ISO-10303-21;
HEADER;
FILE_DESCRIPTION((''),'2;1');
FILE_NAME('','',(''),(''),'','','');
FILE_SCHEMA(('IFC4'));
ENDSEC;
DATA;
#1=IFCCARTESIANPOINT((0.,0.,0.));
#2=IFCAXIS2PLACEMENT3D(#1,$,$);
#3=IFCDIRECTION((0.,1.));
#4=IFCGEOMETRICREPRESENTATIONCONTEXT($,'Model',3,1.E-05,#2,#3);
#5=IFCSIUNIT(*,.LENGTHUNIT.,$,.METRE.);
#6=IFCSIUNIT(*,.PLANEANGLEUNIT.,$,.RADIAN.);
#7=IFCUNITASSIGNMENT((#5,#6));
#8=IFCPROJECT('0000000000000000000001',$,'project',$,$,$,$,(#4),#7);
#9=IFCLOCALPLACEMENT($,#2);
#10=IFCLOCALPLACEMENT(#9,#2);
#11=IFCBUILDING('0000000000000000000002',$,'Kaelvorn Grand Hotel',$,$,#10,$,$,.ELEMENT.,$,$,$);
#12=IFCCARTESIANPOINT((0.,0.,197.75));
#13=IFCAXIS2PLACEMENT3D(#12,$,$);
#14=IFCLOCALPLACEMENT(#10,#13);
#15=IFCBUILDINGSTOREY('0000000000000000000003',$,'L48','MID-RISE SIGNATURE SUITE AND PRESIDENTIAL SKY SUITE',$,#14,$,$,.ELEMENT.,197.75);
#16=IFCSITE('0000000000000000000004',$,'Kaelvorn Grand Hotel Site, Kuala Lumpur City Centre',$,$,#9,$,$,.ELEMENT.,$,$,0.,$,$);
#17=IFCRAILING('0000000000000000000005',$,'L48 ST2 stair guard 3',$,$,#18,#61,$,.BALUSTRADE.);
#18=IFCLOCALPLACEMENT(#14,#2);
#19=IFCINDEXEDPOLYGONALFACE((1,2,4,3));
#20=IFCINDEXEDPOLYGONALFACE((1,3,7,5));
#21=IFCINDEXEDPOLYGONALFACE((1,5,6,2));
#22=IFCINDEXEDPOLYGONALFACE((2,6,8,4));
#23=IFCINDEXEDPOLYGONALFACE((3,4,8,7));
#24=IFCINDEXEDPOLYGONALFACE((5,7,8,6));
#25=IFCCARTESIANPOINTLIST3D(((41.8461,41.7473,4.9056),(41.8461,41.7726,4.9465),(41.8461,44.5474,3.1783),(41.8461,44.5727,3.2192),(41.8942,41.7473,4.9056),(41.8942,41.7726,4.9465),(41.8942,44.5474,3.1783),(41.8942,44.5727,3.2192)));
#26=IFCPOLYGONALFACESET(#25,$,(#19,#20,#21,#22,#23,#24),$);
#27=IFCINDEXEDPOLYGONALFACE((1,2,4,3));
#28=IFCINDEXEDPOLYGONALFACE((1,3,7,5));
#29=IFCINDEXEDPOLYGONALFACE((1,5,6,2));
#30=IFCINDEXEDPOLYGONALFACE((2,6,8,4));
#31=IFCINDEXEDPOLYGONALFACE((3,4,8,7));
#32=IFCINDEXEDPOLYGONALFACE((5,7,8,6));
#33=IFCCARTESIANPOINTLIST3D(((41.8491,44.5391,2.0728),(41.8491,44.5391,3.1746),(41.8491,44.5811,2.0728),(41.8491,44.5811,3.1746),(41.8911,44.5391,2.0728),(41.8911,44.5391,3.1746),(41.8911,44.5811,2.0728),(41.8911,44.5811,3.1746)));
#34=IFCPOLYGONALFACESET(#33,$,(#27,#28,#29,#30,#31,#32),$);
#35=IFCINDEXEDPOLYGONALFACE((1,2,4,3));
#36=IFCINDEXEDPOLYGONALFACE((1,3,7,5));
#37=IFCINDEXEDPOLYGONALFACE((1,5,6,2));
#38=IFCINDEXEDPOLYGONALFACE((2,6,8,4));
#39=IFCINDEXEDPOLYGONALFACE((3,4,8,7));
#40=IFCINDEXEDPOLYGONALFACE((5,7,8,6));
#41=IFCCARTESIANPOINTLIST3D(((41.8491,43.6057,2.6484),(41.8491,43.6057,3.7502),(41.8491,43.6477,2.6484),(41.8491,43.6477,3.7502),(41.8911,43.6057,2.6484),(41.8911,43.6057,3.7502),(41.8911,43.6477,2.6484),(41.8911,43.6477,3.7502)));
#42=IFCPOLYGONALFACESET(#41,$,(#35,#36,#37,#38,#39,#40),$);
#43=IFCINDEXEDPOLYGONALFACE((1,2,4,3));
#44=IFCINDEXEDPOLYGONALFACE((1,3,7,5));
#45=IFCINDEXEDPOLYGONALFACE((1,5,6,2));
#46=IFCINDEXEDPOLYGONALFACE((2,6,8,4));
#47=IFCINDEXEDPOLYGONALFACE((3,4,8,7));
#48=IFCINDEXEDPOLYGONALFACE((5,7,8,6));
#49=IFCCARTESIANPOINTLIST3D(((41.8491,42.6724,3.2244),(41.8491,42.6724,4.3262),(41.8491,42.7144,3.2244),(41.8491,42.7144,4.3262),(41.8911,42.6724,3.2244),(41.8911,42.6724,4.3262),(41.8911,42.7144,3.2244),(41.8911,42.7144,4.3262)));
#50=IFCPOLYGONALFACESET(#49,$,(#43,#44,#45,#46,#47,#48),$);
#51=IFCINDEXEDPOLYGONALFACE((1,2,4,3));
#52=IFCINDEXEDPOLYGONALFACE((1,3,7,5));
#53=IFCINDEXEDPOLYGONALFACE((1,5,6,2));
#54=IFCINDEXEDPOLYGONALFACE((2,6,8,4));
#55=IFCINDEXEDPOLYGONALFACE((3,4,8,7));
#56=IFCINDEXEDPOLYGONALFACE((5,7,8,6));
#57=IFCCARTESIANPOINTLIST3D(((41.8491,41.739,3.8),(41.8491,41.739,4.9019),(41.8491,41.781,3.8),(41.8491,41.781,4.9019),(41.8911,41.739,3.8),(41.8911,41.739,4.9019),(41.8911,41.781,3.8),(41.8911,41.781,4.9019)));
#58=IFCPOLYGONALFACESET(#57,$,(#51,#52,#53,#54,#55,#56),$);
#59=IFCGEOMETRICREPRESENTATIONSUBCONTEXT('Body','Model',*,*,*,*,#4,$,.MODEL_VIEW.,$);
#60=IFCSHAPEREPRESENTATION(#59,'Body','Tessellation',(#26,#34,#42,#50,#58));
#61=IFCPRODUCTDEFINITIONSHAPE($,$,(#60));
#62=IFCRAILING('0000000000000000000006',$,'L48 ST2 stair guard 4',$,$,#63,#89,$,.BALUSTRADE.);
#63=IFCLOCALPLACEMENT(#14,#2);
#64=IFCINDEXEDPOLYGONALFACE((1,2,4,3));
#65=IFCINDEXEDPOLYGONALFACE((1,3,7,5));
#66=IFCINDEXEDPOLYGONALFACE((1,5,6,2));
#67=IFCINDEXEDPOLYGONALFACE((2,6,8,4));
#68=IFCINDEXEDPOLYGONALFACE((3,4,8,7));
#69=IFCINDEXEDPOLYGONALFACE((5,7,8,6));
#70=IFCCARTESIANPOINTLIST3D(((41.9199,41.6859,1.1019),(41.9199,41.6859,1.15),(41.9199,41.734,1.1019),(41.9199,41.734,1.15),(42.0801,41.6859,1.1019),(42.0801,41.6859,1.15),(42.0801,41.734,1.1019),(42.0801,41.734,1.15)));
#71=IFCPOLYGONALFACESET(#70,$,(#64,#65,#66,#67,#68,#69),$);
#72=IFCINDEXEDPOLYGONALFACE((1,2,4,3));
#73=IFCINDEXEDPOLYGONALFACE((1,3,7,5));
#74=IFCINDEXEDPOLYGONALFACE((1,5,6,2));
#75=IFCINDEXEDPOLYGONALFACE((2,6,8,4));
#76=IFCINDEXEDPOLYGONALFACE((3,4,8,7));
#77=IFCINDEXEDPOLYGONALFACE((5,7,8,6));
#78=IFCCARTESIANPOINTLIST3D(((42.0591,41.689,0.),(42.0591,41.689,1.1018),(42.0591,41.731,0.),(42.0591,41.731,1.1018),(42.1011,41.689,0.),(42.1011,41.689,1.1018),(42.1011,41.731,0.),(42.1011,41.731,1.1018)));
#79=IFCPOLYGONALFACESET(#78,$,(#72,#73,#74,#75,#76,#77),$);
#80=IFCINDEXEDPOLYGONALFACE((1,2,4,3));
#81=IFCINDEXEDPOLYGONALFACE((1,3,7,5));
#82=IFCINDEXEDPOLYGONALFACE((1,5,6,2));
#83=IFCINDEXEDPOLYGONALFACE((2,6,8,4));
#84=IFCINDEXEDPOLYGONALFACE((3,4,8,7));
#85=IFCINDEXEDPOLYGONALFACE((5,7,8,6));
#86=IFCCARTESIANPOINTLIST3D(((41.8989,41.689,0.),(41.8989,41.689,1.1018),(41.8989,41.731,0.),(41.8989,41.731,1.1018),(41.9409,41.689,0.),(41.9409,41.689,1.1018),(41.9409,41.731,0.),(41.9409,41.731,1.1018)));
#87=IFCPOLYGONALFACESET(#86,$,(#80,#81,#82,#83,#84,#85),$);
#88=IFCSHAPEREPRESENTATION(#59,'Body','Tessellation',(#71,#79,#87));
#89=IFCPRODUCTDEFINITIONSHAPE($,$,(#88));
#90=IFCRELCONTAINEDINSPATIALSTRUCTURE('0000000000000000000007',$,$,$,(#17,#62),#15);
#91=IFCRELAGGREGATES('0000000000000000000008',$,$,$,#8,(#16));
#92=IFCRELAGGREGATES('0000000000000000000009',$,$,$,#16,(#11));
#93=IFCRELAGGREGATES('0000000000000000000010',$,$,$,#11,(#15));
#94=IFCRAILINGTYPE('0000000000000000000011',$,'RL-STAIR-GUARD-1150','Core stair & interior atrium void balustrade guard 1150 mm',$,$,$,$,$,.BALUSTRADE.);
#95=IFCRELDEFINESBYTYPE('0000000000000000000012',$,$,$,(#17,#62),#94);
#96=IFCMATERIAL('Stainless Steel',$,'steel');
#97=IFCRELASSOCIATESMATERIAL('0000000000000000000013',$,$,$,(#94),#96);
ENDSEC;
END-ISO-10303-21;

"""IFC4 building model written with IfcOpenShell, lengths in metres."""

from ifc_helpers import new_model, si_unit, direction, frame, origin, origin_2d, place, context, subcontext, project, spatial, rectangle, extrude, material, type_object, element, save


model = new_model("IFC4")

# Units and contexts
model_context = context("Model", 3, precision=1e-05, world=origin(), true_north=direction((0.0, 1.0)))
body_context = subcontext(model_context, "Body", "Model", "MODEL_VIEW")
ifc_project = project(units=[si_unit("LENGTHUNIT", "METRE"), si_unit("PLANEANGLEUNIT", "RADIAN")], contexts=[model_context])

# Site, building, storey
site_placement = place(None, origin())
site = spatial("IfcSite", under=ifc_project, at=site_placement, Name="Kaelvorn Grand Hotel Site, Kuala Lumpur City Centre", CompositionType="ELEMENT", RefElevation=0.0)
building_placement = place(site_placement, origin())
building = spatial("IfcBuilding", under=site, at=building_placement, Name="Kaelvorn Grand Hotel", CompositionType="ELEMENT")
storey_placement = place(building_placement, frame((0.0, 0.0, 197.75)))
storey = spatial("IfcBuildingStorey", under=building, at=storey_placement, Name="L48", Description="MID-RISE SIGNATURE SUITE AND PRESIDENTIAL SKY SUITE", CompositionType="ELEMENT", Elevation=197.75)

# Railings
ifc_material_1 = material(Name="Stainless Steel", Category="steel")
railing_type_1 = type_object("IfcRailingType", Name="RL-STAIR-GUARD-1150", Description="Core stair & interior atrium void balustrade guard 1150 mm", PredefinedType="BALUSTRADE", material=ifc_material_1)
railing_1_placement = place(storey_placement, frame((41.8701, 44.5601, 2.0728)))
element("IfcRailing", 1, at=railing_1_placement, inside=storey, type_object=railing_type_1, Name="L48 ST2 stair guard 3", PredefinedType="BALUSTRADE", context=body_context, shape_type="SweptSolid", body=[
    extrude(rectangle(XDim=0.0481, YDim=0.0481, at=origin_2d()), frame((0.0, 0.0, 1.126), z_axis=(0.0, -0.85109, 0.52502), x_axis=(1.0, 0.0, 0.0)), (0.0, 0.0, 1.0), 3.29),
    extrude(rectangle(XDim=0.042, YDim=0.042, at=origin_2d()), origin(), (0.0, 0.0, 1.0), 1.1018),
    extrude(rectangle(XDim=0.042, YDim=0.042, at=origin_2d()), frame((0.0, -0.9333, 0.5757)), (0.0, 0.0, 1.0), 1.1018),
    extrude(rectangle(XDim=0.042, YDim=0.042, at=origin_2d()), frame((0.0, -1.8667, 1.1516)), (0.0, 0.0, 1.0), 1.1018),
    extrude(rectangle(XDim=0.042, YDim=0.042, at=origin_2d()), frame((0.0, -2.8, 1.7273)), (0.0, 0.0, 1.0), 1.1018),
])
railing_2_placement = place(storey_placement, frame((42.0801, 41.71, 0.0)))
element("IfcRailing", 2, at=railing_2_placement, inside=storey, type_object=railing_type_1, Name="L48 ST2 stair guard 4", PredefinedType="BALUSTRADE", context=body_context, shape_type="SweptSolid", body=[
    extrude(rectangle(XDim=0.0481, YDim=0.0481, at=origin_2d()), frame((0.0, 0.0, 1.126), z_axis=(-1.0, 0.0, 0.0), x_axis=(0.0, -1.0, 0.0)), (0.0, 0.0, 1.0), 0.1602),
    extrude(rectangle(XDim=0.042, YDim=0.042, at=origin_2d()), origin(), (0.0, 0.0, 1.0), 1.1018),
    extrude(rectangle(XDim=0.042, YDim=0.042, at=origin_2d()), frame((-0.1602, 0.0, 0.0)), (0.0, 0.0, 1.0), 1.1018),
])

save(model, "model.ifc")
